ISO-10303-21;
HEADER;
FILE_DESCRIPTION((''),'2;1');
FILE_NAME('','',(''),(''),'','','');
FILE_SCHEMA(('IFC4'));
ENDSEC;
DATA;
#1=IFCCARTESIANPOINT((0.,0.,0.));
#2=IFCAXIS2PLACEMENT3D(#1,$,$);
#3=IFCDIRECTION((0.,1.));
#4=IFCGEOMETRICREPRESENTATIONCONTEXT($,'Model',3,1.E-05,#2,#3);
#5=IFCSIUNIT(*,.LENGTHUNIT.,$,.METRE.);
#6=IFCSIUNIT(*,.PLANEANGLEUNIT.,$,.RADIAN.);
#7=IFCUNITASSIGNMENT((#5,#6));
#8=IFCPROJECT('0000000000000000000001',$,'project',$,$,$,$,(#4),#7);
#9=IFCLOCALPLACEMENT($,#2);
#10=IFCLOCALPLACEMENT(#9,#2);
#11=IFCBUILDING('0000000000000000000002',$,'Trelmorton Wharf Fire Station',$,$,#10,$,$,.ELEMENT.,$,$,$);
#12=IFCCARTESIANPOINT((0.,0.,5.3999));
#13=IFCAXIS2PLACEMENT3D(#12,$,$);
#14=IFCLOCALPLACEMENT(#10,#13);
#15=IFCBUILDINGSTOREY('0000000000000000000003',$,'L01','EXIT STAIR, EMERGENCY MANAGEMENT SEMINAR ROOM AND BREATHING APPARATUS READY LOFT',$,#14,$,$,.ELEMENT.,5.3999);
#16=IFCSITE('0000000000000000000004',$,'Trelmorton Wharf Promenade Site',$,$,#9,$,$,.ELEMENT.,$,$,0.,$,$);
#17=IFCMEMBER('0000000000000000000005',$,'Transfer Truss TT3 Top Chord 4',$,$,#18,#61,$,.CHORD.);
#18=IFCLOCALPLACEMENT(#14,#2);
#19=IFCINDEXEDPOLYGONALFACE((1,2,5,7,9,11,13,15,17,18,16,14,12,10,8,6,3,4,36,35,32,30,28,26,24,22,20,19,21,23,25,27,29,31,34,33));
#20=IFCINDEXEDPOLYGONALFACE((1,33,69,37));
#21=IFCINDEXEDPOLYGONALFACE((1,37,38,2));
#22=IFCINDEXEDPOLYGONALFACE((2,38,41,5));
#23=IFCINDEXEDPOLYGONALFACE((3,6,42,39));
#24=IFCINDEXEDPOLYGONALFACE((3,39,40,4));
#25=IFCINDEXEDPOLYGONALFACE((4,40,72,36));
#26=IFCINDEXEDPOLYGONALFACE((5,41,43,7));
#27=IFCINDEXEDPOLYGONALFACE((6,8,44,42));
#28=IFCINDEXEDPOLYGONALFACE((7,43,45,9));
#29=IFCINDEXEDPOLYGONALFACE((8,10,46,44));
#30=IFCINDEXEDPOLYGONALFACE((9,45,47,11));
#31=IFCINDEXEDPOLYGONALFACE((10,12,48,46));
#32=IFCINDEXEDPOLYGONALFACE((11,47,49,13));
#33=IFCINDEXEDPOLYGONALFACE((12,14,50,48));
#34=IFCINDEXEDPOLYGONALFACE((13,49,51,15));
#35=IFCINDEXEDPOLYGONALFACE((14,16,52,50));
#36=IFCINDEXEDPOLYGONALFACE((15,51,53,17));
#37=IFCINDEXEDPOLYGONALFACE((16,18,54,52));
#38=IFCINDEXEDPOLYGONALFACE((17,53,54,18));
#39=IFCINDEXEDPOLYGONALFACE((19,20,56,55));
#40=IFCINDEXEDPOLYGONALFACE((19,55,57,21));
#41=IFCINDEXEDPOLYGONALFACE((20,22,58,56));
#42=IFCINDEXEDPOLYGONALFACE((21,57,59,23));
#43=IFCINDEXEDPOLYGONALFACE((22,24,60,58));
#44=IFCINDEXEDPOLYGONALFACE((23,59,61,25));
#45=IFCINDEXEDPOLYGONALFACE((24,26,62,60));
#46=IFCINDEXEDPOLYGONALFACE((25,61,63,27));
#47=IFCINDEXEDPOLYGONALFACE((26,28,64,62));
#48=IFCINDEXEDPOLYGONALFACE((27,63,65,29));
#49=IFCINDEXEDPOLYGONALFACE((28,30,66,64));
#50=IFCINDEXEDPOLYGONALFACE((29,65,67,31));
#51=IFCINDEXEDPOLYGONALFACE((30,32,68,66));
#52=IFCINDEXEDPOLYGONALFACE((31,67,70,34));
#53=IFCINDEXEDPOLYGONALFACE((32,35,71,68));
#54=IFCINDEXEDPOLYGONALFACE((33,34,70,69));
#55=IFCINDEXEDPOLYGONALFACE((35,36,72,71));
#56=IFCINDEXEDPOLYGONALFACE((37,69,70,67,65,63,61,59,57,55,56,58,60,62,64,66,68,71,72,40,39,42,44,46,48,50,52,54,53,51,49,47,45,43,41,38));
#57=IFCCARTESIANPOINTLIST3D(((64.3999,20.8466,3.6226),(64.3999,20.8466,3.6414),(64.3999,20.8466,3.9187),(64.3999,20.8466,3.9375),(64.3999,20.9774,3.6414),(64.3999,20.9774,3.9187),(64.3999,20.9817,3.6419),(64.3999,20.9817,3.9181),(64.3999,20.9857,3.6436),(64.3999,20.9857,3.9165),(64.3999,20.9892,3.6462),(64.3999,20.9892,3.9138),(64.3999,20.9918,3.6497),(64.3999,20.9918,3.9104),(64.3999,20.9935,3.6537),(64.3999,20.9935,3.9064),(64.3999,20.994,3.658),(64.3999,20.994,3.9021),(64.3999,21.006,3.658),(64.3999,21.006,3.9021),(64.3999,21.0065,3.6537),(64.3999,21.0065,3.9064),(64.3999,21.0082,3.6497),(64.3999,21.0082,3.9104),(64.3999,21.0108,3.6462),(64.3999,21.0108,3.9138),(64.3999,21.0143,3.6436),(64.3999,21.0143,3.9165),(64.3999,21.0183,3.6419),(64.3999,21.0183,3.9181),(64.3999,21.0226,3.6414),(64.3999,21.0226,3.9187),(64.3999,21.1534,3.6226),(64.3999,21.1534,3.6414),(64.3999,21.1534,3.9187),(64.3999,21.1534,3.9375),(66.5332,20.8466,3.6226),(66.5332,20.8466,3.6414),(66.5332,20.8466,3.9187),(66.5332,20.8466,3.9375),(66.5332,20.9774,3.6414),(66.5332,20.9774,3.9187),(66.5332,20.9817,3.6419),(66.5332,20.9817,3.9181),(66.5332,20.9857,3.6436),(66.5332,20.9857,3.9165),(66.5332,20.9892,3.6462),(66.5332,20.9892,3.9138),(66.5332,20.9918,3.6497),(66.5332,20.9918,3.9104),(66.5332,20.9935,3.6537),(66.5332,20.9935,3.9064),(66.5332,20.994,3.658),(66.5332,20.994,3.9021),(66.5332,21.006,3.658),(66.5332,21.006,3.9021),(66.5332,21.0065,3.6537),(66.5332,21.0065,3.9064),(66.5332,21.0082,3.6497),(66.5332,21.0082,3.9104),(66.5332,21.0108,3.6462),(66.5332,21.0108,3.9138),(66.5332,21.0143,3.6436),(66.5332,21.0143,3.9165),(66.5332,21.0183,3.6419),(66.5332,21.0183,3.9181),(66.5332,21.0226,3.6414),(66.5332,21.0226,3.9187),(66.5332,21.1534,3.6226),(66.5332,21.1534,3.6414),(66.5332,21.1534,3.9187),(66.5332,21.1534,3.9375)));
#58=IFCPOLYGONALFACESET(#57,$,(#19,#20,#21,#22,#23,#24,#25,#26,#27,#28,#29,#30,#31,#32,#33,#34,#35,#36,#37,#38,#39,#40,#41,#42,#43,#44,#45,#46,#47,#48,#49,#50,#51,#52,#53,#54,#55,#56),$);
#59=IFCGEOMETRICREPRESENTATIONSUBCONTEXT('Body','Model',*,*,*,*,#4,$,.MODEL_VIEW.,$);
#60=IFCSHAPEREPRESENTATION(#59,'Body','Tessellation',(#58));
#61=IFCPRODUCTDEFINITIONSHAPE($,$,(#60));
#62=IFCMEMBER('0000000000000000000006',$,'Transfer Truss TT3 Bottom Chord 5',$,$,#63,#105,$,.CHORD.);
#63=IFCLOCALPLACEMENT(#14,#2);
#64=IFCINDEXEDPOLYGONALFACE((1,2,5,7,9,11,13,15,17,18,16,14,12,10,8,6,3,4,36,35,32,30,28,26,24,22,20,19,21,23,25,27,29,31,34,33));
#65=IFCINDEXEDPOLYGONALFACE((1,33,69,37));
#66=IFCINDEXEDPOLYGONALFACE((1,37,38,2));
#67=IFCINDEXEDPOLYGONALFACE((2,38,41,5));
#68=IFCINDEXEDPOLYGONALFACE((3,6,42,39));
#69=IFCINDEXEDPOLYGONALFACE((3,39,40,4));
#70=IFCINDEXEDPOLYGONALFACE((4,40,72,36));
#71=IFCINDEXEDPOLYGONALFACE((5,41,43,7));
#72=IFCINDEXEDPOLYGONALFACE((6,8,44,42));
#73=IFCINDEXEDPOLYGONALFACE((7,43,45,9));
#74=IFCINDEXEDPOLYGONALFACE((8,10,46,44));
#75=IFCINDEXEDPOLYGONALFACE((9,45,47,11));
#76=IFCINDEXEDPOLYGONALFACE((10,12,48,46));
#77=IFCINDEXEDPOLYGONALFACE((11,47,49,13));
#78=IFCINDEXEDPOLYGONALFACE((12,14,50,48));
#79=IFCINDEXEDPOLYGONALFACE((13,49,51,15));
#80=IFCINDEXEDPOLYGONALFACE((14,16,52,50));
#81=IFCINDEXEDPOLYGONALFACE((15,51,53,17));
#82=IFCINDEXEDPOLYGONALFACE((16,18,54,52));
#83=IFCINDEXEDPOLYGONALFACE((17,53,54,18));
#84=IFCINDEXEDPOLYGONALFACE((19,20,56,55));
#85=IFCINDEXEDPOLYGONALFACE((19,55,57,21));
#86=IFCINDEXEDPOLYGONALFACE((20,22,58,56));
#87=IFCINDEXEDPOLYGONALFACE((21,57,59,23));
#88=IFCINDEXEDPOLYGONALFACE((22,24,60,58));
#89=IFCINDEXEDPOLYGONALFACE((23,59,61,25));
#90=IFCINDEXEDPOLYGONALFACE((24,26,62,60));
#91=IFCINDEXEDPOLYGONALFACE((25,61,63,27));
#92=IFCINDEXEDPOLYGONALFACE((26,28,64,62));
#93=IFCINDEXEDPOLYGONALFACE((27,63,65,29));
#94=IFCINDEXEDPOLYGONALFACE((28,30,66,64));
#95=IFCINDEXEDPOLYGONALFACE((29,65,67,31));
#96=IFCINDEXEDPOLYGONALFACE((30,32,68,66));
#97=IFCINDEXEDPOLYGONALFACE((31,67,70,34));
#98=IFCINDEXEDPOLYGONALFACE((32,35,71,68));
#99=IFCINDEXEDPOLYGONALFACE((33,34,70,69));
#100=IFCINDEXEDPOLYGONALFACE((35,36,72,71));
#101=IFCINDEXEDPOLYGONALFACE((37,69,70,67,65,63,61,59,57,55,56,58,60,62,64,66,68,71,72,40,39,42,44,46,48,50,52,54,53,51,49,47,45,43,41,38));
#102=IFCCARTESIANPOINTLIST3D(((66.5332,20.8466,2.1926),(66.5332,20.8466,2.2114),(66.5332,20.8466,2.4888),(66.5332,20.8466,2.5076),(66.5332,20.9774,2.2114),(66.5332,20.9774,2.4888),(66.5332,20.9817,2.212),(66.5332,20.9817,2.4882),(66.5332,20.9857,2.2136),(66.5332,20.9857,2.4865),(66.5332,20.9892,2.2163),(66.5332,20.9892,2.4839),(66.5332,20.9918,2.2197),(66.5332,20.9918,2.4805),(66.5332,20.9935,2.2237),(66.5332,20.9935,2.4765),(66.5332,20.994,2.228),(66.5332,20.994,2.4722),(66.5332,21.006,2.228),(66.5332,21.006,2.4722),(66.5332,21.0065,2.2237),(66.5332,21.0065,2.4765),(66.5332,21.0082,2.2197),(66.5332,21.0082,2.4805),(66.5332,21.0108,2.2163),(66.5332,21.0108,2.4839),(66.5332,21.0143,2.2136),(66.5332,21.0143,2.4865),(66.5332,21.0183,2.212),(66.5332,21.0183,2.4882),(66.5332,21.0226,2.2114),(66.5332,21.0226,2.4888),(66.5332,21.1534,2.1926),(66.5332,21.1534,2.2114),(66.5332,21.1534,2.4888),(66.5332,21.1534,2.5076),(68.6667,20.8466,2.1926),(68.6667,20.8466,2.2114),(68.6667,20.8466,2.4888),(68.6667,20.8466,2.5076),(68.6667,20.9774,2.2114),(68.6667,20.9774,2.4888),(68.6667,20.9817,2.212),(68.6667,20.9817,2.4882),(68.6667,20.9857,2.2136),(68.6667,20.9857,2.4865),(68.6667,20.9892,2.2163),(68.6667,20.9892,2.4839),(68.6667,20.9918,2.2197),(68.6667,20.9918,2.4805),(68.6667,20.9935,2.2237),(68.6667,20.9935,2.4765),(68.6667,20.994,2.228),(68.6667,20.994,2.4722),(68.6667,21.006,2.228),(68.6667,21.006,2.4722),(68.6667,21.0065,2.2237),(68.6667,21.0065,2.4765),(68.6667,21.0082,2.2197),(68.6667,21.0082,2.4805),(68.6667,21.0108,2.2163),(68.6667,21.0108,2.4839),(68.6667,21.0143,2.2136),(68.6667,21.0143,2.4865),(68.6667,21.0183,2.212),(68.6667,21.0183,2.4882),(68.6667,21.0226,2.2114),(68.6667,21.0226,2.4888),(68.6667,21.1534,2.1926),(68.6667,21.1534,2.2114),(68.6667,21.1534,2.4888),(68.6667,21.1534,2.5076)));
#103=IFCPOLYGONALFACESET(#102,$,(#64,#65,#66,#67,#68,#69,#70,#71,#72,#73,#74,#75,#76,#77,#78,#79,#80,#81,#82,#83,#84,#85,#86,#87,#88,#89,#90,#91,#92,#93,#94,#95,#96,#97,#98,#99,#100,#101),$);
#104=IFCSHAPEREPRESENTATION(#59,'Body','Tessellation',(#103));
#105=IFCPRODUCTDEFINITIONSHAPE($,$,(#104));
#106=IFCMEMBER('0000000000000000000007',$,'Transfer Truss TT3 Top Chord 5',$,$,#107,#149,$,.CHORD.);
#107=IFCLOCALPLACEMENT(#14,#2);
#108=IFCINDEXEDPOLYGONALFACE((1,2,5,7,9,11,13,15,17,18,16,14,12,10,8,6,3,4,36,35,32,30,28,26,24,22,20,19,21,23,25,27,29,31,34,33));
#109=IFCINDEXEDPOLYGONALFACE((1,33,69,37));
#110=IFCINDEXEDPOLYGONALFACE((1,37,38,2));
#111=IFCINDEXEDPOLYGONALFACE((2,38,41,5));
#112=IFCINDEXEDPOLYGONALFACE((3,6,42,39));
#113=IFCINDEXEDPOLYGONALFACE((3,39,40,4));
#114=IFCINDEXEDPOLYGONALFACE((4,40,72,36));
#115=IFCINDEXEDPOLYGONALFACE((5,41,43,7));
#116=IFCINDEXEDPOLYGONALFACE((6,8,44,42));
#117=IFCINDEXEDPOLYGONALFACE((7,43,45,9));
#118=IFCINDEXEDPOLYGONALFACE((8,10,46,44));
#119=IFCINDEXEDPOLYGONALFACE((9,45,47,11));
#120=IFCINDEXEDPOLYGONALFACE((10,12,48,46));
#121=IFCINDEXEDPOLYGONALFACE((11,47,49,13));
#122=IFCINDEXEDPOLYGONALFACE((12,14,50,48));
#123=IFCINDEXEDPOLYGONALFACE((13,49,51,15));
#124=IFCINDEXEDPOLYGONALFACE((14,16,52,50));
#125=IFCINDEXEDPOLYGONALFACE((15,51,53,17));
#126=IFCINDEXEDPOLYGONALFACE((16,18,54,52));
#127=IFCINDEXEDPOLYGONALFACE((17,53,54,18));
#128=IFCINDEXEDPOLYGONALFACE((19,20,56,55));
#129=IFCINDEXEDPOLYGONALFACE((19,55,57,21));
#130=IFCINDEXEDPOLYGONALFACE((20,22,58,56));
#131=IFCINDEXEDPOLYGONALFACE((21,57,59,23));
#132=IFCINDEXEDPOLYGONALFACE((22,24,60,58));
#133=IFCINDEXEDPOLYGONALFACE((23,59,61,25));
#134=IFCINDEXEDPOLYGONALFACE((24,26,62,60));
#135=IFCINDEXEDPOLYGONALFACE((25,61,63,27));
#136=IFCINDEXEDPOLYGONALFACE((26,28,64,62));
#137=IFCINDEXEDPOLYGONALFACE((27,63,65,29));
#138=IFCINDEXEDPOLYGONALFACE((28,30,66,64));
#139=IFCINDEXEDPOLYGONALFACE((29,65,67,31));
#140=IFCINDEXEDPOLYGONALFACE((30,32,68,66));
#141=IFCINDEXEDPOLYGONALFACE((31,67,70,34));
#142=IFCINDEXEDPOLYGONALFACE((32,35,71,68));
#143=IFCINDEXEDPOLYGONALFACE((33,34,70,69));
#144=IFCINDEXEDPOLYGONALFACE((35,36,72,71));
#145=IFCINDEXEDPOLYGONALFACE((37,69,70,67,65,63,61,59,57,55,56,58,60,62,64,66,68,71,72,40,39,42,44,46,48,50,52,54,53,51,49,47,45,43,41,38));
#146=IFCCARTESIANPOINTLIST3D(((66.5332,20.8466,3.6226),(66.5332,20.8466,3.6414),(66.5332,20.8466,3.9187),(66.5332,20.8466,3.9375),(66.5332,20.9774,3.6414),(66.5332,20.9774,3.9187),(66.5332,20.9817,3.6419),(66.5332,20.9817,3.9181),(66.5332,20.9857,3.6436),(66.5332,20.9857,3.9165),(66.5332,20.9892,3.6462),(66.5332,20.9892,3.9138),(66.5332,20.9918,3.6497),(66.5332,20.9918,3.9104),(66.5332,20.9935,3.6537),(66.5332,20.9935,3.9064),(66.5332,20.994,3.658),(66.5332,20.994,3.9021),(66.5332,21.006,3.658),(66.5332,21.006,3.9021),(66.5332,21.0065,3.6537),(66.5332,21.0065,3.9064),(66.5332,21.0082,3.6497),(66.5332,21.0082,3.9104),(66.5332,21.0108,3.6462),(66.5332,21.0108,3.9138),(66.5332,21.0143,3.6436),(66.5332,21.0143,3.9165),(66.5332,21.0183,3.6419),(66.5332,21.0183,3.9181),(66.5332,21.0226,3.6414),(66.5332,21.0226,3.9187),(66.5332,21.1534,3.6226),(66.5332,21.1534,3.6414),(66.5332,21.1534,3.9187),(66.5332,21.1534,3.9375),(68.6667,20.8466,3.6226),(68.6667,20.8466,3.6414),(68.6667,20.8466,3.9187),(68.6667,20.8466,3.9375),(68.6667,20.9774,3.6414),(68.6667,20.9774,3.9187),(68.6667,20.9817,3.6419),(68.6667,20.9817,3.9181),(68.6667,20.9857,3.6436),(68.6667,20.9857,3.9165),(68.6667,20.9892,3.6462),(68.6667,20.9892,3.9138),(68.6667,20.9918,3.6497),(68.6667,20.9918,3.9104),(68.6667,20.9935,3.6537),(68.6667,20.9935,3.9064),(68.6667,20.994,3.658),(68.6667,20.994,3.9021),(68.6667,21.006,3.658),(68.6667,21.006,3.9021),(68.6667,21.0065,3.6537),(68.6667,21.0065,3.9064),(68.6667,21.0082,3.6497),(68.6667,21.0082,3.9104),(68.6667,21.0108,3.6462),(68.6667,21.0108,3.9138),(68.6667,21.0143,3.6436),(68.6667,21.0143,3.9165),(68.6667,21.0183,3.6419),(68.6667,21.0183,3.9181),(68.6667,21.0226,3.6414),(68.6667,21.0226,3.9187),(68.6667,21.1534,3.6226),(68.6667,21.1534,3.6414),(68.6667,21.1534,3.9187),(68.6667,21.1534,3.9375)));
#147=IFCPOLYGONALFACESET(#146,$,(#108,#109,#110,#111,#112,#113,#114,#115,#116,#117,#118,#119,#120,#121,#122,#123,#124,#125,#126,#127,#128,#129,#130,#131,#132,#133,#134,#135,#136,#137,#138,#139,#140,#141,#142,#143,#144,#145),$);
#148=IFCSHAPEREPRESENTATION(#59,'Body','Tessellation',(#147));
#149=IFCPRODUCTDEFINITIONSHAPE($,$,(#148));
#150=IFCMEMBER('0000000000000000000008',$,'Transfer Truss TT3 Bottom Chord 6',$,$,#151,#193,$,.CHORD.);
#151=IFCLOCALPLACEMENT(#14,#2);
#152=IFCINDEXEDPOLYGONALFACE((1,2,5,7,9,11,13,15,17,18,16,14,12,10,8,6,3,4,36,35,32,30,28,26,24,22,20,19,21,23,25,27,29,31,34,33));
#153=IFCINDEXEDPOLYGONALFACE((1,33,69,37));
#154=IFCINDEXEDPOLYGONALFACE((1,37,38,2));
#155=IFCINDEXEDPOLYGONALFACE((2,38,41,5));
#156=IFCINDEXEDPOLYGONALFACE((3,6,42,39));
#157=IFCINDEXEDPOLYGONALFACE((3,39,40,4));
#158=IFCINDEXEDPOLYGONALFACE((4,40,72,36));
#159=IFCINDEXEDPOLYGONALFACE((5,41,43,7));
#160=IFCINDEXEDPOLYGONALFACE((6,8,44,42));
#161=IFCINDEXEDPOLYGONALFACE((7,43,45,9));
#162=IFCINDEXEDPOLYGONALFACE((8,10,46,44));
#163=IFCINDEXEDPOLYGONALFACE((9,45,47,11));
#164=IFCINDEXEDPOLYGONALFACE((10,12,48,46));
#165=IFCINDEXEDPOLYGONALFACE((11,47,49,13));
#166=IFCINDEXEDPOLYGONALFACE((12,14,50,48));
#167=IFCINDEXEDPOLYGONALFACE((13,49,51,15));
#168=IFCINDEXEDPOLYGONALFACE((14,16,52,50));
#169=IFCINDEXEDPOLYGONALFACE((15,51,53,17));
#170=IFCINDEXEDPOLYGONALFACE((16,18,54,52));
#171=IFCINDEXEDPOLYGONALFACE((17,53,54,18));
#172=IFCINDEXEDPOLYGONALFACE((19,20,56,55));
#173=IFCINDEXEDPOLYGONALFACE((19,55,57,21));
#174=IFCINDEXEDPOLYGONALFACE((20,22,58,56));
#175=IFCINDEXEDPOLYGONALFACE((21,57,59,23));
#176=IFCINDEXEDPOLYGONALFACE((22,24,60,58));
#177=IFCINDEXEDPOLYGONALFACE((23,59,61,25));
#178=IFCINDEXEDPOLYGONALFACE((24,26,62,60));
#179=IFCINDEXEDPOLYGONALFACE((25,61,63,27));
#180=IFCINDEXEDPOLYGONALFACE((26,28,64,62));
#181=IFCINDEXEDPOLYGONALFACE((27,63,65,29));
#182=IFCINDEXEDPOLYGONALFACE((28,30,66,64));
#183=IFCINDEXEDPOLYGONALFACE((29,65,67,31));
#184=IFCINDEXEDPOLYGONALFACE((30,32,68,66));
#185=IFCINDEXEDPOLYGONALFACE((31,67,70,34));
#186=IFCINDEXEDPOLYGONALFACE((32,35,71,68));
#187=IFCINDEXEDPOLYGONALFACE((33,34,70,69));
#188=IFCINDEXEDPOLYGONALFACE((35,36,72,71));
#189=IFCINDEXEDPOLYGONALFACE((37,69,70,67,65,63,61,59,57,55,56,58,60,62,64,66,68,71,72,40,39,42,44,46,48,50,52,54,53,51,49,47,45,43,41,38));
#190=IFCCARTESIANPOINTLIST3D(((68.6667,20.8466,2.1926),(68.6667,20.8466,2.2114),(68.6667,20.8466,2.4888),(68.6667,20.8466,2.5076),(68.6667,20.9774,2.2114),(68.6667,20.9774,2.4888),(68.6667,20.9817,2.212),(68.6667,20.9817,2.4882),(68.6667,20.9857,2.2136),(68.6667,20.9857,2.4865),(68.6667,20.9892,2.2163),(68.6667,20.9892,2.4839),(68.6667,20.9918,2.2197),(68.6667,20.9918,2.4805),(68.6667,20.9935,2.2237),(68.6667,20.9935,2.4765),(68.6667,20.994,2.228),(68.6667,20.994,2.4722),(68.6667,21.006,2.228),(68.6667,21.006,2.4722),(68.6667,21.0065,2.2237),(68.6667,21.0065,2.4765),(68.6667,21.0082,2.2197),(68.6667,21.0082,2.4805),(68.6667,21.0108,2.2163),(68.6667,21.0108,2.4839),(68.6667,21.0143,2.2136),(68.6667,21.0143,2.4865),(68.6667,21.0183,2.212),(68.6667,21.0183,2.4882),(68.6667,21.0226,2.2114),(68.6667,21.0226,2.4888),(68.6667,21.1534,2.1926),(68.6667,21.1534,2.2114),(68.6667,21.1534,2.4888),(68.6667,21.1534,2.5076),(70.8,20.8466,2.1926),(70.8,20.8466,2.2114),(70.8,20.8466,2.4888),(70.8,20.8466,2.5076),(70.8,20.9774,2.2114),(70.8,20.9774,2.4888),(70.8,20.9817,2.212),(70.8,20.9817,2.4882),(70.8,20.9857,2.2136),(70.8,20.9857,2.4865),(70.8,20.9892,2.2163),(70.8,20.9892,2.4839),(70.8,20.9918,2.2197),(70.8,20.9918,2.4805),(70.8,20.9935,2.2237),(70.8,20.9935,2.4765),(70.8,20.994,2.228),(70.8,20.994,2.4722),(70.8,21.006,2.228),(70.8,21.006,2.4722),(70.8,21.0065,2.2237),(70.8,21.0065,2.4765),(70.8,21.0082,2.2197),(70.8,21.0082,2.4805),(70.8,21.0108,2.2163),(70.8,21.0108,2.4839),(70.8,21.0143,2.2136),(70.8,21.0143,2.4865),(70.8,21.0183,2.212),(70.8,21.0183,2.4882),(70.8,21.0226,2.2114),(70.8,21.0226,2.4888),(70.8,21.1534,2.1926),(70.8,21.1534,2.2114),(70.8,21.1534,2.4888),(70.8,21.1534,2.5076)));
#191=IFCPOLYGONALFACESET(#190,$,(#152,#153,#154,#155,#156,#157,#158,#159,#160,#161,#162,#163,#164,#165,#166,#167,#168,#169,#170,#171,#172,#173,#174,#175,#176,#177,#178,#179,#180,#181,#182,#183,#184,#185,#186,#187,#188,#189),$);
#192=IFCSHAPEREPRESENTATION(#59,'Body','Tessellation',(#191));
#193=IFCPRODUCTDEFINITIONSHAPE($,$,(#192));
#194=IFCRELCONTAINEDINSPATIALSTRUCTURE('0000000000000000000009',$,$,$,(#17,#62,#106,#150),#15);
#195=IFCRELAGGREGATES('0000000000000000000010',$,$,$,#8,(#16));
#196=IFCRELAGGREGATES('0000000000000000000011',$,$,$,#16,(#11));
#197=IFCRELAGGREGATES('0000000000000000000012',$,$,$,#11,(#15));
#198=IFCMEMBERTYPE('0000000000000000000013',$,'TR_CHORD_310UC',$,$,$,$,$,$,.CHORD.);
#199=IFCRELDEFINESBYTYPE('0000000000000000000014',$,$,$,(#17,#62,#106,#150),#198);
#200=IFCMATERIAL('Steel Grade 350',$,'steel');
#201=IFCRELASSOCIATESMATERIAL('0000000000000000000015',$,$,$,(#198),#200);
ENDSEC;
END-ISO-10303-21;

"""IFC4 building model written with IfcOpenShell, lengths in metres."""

from ifc_helpers import new_model, si_unit, direction, frame, origin, origin_2d, place, context, subcontext, project, spatial, i_section, extrude, material, material_profile, profile_set, type_object, element, save


model = new_model("IFC4")

# Units and contexts
model_context = context("Model", 3, precision=1e-05, world=origin(), true_north=direction((0.0, 1.0)))
body_context = subcontext(model_context, "Body", "Model", "MODEL_VIEW")
ifc_project = project(units=[si_unit("LENGTHUNIT", "METRE"), si_unit("PLANEANGLEUNIT", "RADIAN")], contexts=[model_context])

# Site, building, storey
site_placement = place(None, origin())
site = spatial("IfcSite", under=ifc_project, at=site_placement, Name="Trelmorton Wharf Promenade Site", CompositionType="ELEMENT", RefElevation=0.0)
building_placement = place(site_placement, origin())
building = spatial("IfcBuilding", under=site, at=building_placement, Name="Trelmorton Wharf Fire Station", CompositionType="ELEMENT")
storey_placement = place(building_placement, frame((0.0, 0.0, 5.3999)))
storey = spatial("IfcBuildingStorey", under=building, at=storey_placement, Name="L01", Description="EXIT STAIR, EMERGENCY MANAGEMENT SEMINAR ROOM AND BREATHING APPARATUS READY LOFT", CompositionType="ELEMENT", Elevation=5.3999)

# Shared definitions
ifc_material_1 = material(Name="Steel Grade 350", Category="steel")

# Members
ifc_material_profile_1 = material_profile(ifc_material_1, i_section(OverallWidth=0.3069, OverallDepth=0.3149, WebThickness=0.012, FlangeThickness=0.0188, FilletRadius=0.0166, at=origin_2d()), Name="310UC118")
ifc_profile_set_1 = profile_set([ifc_material_profile_1], Name="Steel Grade 350")
member_type_1 = type_object("IfcMemberType", Name="TR_CHORD_310UC", PredefinedType="CHORD", material=ifc_profile_set_1)
for number, where, z_axis, x_axis, name in (
    (1, (64.3999, 21.0, 3.78), (1.0, 0.0, 0.0), (0.0, 1.0, 0.0), "Transfer Truss TT3 Top Chord 4"),
):
    element("IfcMember", number, at=place(storey_placement, frame(where, z_axis=z_axis, x_axis=x_axis)), inside=storey, type_object=member_type_1, Name=name, PredefinedType="CHORD", context=body_context, shape_type="SweptSolid", body=[
        extrude(i_section(OverallWidth=0.3069, OverallDepth=0.3149, WebThickness=0.012, FlangeThickness=0.0188, FilletRadius=0.0166, at=origin_2d()), origin(), (0.0, 0.0, 1.0), 2.1333),
    ])
for number, where, z_axis, x_axis, name in (
    (2, (66.5332, 21.0, 2.3501), (1.0, 0.0, 0.0), (0.0, 1.0, 0.0), "Transfer Truss TT3 Bottom Chord 5"),
    (3, (66.5332, 21.0, 3.78), (1.0, 0.0, 0.0), (0.0, 1.0, 0.0), "Transfer Truss TT3 Top Chord 5"),
):
    element("IfcMember", number, at=place(storey_placement, frame(where, z_axis=z_axis, x_axis=x_axis)), inside=storey, type_object=member_type_1, Name=name, PredefinedType="CHORD", context=body_context, shape_type="SweptSolid", body=[
        extrude(i_section(OverallWidth=0.3069, OverallDepth=0.3149, WebThickness=0.012, FlangeThickness=0.0188, FilletRadius=0.0166, at=origin_2d()), origin(), (0.0, 0.0, 1.0), 2.1335),
    ])
for number, where, z_axis, x_axis, name in (
    (4, (68.6667, 21.0, 2.3501), (1.0, 0.0, 0.0), (0.0, 1.0, 0.0), "Transfer Truss TT3 Bottom Chord 6"),
):
    element("IfcMember", number, at=place(storey_placement, frame(where, z_axis=z_axis, x_axis=x_axis)), inside=storey, type_object=member_type_1, Name=name, PredefinedType="CHORD", context=body_context, shape_type="SweptSolid", body=[
        extrude(i_section(OverallWidth=0.3069, OverallDepth=0.3149, WebThickness=0.012, FlangeThickness=0.0188, FilletRadius=0.0166, at=origin_2d()), origin(), (0.0, 0.0, 1.0), 2.1333),
    ])

save(model, "model.ifc")
